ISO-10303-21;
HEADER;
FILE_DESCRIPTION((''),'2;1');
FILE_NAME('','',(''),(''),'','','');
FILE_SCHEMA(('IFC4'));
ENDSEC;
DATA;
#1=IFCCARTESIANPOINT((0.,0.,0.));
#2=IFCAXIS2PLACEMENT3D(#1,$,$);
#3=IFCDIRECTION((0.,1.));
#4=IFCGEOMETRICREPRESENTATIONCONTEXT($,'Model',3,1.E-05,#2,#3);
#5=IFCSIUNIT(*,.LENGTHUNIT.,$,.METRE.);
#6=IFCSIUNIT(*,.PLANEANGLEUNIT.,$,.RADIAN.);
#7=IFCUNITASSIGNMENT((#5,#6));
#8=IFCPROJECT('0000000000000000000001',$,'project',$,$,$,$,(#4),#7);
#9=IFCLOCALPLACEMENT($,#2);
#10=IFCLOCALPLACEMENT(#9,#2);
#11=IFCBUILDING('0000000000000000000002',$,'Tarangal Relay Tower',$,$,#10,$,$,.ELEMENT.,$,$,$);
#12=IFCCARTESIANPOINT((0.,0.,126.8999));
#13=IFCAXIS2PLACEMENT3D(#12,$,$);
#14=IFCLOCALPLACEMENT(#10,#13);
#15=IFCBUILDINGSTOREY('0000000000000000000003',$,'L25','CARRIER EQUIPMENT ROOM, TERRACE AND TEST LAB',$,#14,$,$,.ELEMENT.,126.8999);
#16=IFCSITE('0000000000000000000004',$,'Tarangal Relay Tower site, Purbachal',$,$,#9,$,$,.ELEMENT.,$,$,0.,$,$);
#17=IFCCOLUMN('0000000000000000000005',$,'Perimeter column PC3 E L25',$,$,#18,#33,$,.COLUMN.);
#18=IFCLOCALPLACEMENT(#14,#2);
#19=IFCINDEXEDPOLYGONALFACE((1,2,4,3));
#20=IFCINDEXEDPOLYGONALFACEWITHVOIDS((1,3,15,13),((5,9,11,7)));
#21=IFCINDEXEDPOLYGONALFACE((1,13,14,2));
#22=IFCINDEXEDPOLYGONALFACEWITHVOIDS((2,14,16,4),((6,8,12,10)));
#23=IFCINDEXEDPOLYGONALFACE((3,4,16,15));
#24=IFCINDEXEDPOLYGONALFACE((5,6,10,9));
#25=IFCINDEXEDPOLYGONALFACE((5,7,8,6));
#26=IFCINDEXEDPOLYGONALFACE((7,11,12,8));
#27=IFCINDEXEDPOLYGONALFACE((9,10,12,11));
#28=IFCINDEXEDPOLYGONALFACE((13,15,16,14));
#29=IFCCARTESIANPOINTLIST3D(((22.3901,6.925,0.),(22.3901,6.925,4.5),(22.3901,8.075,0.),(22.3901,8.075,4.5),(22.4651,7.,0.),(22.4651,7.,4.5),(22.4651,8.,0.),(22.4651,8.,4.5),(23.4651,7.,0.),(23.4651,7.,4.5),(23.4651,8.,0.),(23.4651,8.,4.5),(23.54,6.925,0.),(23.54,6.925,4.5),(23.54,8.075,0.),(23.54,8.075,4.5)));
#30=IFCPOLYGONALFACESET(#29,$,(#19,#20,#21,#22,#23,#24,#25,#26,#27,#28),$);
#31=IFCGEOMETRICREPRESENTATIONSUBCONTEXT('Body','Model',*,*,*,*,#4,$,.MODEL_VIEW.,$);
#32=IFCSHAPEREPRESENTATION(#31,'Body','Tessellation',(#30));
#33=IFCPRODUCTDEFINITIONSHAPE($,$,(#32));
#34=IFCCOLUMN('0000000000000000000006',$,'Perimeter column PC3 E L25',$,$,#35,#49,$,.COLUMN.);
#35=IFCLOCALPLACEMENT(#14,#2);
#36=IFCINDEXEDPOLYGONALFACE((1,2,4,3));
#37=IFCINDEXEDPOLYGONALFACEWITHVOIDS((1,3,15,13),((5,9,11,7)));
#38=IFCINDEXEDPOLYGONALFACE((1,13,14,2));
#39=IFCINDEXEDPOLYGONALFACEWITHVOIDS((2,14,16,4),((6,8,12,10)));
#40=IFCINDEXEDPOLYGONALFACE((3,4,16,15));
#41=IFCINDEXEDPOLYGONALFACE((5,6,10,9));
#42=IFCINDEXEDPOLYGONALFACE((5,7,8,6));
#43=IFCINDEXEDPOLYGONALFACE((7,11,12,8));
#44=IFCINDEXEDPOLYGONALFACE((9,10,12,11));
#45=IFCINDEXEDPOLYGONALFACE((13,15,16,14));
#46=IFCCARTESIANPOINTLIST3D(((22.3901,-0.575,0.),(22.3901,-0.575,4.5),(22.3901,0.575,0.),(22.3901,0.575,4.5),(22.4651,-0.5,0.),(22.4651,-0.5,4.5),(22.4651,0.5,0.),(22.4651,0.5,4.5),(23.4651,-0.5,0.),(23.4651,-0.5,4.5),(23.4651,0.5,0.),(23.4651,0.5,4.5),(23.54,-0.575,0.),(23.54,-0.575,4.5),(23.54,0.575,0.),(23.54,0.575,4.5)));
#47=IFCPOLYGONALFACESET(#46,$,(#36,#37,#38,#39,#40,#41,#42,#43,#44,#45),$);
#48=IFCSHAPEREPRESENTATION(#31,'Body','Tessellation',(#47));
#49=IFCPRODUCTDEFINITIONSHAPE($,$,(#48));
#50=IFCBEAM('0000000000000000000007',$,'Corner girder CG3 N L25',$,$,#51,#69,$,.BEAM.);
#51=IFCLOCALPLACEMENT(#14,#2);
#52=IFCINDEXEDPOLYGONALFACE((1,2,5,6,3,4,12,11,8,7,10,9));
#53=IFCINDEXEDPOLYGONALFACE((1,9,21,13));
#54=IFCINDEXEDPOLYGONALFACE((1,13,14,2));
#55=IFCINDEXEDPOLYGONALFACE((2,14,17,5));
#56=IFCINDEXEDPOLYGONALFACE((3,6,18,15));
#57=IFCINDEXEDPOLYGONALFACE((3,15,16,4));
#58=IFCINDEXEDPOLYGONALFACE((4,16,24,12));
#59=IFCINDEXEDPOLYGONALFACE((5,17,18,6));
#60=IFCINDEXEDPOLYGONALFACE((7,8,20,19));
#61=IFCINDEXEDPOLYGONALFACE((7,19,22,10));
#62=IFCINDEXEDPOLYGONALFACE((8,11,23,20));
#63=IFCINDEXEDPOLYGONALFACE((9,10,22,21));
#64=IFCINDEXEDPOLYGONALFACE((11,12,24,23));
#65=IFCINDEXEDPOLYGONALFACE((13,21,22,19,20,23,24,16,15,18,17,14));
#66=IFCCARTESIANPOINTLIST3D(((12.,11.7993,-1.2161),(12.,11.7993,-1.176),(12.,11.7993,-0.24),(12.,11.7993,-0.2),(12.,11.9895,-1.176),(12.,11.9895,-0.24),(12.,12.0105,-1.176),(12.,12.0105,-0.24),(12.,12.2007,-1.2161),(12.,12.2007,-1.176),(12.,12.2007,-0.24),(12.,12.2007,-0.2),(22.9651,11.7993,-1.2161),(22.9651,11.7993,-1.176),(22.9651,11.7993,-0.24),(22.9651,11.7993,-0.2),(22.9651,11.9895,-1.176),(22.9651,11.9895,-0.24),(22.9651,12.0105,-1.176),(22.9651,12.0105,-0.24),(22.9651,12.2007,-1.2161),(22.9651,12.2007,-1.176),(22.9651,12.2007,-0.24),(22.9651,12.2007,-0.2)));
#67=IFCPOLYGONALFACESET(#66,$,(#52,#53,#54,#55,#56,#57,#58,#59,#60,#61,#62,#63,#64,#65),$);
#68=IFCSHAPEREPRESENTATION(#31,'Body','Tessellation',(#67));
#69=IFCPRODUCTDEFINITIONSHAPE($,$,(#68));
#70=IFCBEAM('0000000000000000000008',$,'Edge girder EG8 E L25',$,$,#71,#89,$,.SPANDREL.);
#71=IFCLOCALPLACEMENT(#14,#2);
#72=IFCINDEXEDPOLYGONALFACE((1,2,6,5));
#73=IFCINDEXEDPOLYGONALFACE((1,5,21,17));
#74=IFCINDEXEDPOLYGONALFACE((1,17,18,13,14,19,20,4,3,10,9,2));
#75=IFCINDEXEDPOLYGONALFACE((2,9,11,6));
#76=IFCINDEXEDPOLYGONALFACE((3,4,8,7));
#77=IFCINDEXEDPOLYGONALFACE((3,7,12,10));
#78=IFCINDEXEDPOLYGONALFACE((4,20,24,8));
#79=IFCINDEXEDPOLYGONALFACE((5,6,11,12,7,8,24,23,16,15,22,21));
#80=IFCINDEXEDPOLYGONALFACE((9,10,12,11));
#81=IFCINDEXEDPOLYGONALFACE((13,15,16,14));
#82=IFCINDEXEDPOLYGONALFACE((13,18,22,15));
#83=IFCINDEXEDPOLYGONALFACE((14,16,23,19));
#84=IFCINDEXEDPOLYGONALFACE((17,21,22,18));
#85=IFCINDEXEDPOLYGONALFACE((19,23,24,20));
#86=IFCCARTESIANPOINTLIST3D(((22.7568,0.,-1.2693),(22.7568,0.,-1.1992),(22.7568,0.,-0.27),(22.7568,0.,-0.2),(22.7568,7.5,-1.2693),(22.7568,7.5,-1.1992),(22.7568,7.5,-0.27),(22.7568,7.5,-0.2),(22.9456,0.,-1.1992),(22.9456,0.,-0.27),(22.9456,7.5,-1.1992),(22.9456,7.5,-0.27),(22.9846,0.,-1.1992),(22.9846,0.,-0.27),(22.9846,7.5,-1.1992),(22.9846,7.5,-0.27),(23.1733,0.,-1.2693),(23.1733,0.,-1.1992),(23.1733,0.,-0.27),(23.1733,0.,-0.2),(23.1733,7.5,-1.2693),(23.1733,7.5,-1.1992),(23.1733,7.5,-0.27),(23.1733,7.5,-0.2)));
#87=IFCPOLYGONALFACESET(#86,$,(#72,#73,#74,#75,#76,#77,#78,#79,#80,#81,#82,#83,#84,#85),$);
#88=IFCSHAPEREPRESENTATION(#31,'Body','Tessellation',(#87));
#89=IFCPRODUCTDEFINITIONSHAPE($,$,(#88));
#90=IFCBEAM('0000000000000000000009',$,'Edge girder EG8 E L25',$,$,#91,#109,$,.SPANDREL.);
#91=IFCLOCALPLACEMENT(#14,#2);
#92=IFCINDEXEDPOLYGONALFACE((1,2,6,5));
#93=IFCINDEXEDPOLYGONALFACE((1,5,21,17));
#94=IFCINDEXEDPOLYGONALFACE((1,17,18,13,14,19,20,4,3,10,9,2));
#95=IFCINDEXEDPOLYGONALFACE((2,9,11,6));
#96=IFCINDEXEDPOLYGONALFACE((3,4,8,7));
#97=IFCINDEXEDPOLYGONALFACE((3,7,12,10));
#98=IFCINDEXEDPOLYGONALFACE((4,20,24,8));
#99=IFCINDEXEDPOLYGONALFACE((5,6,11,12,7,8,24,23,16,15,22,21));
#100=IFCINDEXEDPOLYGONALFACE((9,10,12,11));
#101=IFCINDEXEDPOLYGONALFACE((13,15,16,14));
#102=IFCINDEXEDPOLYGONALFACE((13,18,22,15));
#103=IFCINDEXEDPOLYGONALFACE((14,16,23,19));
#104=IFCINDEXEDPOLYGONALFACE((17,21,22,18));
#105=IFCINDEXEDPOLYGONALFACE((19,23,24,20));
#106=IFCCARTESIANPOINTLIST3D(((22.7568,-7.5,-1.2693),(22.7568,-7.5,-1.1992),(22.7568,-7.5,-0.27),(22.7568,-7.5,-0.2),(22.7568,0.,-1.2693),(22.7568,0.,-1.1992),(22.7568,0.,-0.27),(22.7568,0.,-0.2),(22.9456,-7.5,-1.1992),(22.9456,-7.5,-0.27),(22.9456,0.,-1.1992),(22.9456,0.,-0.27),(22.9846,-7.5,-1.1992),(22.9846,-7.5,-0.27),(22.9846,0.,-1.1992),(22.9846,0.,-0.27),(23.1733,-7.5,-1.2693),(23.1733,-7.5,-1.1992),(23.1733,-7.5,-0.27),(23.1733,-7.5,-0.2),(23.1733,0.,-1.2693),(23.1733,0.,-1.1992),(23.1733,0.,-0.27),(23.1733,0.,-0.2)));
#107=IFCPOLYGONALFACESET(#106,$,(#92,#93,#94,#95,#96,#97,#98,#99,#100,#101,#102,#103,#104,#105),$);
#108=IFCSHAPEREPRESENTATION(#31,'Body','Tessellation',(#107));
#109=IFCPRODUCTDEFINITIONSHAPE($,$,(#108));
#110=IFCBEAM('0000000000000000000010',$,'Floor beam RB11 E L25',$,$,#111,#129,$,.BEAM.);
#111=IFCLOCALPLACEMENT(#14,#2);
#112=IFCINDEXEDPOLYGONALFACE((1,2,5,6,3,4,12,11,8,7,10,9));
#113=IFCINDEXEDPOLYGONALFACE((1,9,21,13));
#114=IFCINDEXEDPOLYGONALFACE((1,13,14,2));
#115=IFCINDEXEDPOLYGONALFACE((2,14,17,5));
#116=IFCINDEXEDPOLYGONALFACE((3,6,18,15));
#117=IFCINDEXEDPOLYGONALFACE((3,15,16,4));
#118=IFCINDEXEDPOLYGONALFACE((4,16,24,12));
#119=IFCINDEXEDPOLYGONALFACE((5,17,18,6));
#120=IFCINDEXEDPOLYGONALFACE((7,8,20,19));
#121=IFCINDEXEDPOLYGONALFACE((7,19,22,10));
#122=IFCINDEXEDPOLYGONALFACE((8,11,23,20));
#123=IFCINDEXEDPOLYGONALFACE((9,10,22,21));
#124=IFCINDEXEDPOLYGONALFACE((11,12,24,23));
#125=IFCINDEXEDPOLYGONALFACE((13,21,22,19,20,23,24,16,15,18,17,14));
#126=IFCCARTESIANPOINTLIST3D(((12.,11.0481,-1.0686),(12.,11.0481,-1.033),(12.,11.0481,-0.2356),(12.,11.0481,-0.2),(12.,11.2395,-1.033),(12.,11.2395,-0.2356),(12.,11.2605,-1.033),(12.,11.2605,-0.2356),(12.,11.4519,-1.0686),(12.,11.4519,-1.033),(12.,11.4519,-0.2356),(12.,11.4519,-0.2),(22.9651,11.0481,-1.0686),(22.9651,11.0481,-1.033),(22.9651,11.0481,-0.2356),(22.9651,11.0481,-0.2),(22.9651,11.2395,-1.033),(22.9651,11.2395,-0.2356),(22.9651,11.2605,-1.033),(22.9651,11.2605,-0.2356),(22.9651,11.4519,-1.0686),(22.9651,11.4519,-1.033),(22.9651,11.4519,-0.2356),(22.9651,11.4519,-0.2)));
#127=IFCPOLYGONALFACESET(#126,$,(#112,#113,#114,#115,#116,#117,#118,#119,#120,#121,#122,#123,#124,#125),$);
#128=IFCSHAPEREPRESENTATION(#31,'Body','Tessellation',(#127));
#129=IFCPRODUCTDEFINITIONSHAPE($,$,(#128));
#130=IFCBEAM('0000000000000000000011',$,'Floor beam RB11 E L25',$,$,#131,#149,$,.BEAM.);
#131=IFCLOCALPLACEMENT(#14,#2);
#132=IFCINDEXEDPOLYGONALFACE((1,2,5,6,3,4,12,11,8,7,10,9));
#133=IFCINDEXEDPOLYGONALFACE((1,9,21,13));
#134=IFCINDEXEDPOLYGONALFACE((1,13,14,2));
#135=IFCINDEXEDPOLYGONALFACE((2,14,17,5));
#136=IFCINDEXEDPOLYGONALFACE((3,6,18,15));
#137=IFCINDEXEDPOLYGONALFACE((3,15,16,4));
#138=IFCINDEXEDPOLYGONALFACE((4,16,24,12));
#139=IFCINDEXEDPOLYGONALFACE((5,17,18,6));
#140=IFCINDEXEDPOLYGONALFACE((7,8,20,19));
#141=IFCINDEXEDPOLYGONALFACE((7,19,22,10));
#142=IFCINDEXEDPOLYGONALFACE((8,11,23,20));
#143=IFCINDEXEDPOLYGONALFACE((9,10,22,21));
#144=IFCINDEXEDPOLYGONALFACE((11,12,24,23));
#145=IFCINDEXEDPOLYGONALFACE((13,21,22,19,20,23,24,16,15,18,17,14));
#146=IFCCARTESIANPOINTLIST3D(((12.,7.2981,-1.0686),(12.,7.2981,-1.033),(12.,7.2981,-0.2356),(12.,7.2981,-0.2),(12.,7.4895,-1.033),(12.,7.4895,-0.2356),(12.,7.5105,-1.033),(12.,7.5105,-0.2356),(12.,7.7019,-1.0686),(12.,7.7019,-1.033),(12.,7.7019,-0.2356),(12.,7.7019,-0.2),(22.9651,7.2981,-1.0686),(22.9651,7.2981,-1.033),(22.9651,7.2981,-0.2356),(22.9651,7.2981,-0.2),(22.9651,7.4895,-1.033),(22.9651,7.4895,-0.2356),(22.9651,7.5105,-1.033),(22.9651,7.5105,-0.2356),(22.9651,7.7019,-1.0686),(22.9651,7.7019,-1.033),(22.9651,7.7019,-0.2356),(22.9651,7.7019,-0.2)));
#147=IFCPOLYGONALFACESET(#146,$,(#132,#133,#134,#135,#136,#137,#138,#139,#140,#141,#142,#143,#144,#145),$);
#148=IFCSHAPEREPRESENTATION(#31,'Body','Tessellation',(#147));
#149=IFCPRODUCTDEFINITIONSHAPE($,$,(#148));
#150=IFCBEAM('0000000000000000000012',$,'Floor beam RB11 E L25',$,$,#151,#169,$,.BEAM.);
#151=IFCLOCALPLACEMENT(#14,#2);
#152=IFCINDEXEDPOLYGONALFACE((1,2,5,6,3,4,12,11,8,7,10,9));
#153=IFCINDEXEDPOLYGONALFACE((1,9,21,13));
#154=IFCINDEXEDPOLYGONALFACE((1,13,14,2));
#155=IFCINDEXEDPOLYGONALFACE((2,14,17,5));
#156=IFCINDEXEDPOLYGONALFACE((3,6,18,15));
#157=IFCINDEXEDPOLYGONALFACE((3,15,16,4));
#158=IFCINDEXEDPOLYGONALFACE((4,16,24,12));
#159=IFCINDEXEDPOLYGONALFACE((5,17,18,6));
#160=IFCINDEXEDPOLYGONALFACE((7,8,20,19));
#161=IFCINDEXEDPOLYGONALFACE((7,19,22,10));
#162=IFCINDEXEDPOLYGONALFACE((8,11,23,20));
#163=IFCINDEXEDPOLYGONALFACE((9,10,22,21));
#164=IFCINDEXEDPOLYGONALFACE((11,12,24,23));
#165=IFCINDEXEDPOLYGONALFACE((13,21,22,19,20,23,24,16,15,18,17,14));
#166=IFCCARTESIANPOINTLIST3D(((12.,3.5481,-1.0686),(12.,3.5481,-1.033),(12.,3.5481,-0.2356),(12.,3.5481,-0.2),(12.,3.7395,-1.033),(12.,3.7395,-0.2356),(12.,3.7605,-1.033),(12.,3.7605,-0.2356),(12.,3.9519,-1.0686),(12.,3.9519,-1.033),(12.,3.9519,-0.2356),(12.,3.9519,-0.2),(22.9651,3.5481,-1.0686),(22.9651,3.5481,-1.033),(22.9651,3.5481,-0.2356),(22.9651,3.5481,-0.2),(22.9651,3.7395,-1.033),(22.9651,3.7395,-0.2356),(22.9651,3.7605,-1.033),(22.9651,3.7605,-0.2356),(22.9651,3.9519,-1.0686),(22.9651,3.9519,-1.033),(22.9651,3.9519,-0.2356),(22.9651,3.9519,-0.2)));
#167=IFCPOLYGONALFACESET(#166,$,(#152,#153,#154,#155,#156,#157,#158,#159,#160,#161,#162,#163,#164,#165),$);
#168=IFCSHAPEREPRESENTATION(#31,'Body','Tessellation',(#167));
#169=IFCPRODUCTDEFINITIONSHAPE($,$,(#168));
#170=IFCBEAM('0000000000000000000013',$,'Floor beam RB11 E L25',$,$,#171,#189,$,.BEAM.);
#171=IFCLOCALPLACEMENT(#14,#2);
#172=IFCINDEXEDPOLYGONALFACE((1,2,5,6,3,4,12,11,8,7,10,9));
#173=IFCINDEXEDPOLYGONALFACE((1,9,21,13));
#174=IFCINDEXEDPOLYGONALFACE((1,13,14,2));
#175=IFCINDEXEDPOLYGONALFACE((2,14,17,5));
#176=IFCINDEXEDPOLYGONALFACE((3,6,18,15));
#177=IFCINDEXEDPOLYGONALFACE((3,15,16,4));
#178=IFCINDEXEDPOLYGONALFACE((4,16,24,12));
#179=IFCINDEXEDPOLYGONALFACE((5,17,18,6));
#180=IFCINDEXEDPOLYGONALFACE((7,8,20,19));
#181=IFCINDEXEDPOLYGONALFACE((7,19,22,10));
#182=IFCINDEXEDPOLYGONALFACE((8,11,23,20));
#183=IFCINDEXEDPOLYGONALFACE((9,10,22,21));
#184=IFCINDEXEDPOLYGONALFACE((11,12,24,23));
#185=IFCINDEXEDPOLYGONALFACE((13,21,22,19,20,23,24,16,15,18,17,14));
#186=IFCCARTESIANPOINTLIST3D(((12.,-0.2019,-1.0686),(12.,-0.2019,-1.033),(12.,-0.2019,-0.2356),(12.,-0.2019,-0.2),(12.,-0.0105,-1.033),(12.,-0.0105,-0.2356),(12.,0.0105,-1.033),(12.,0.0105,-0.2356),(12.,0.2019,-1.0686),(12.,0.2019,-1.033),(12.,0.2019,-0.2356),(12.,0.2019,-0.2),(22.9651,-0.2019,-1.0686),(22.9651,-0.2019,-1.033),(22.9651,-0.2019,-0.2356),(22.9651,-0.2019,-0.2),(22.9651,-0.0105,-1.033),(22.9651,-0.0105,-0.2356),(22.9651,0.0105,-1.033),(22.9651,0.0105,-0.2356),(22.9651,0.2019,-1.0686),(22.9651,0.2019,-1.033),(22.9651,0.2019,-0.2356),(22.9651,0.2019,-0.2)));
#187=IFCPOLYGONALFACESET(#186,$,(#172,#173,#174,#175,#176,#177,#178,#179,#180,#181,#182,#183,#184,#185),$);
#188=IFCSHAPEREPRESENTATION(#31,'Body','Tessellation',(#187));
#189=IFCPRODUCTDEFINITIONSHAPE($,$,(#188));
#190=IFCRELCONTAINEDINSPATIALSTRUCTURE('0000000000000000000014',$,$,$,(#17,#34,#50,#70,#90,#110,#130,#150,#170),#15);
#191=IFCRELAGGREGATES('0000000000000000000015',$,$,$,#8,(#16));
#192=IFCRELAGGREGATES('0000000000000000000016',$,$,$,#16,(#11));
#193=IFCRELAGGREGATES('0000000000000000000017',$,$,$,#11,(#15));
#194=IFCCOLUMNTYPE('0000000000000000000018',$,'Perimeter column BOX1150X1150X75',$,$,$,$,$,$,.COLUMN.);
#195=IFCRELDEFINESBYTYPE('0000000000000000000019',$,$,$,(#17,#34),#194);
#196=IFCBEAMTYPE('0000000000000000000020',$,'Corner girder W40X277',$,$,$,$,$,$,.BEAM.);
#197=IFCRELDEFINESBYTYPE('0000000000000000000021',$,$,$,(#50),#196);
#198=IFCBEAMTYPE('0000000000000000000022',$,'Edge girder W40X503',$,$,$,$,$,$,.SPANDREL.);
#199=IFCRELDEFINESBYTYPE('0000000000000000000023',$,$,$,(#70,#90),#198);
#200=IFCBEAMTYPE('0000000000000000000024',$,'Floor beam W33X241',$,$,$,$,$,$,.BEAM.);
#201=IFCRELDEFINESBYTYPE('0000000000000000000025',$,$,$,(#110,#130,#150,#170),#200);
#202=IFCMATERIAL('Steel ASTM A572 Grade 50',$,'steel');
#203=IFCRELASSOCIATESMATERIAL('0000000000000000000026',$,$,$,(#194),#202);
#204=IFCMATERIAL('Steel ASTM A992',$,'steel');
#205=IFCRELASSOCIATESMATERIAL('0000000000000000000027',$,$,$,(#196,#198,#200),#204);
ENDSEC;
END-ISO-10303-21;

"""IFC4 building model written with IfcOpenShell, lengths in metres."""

from ifc_helpers import new_model, si_unit, direction, frame, origin, origin_2d, place, context, subcontext, project, spatial, hollow_rectangle, i_section, extrude, material, material_profile, profile_set, type_object, element, save


model = new_model("IFC4")

# Units and contexts
model_context = context("Model", 3, precision=1e-05, world=origin(), true_north=direction((0.0, 1.0)))
body_context = subcontext(model_context, "Body", "Model", "MODEL_VIEW")
ifc_project = project(units=[si_unit("LENGTHUNIT", "METRE"), si_unit("PLANEANGLEUNIT", "RADIAN")], contexts=[model_context])

# Site, building, storey
site_placement = place(None, origin())
site = spatial("IfcSite", under=ifc_project, at=site_placement, Name="Tarangal Relay Tower site, Purbachal", CompositionType="ELEMENT", RefElevation=0.0)
building_placement = place(site_placement, origin())
building = spatial("IfcBuilding", under=site, at=building_placement, Name="Tarangal Relay Tower", CompositionType="ELEMENT")
storey_placement = place(building_placement, frame((0.0, 0.0, 126.8999)))
storey = spatial("IfcBuildingStorey", under=building, at=storey_placement, Name="L25", Description="CARRIER EQUIPMENT ROOM, TERRACE AND TEST LAB", CompositionType="ELEMENT", Elevation=126.8999)

# Columns
ifc_material_1 = material(Name="Steel ASTM A572 Grade 50", Category="steel")
ifc_material_profile_1 = material_profile(ifc_material_1, hollow_rectangle(XDim=1.1499, YDim=1.1499, WallThickness=0.075, at=origin_2d()), Name="BOX1150X1150X75")
ifc_profile_set_1 = profile_set([ifc_material_profile_1], Name="Steel ASTM A572 Grade 50")
column_type = type_object("IfcColumnType", Name="Perimeter column BOX1150X1150X75", PredefinedType="COLUMN", material=ifc_profile_set_1)
for number, where, z_axis, x_axis, name in (
    (1, (22.9651, 7.5, 0.0), (0.0, 0.0, 1.0), (1.0, 0.0, 0.0), "Perimeter column PC3 E L25"),
    (2, (22.9651, 0.0, 0.0), (0.0, 0.0, 1.0), (1.0, 0.0, 0.0), "Perimeter column PC3 E L25"),
):
    element("IfcColumn", number, at=place(storey_placement, frame(where, z_axis=z_axis, x_axis=x_axis)), inside=storey, type_object=column_type, Name=name, PredefinedType="COLUMN", context=body_context, shape_type="SweptSolid", body=[
        extrude(hollow_rectangle(XDim=1.1499, YDim=1.1499, WallThickness=0.075, at=origin_2d()), origin(), (0.0, 0.0, 1.0), 4.5),
    ])

# Beams
ifc_material_2 = material(Name="Steel ASTM A992", Category="steel")
ifc_material_profile_2 = material_profile(ifc_material_2, i_section(OverallWidth=0.4014, OverallDepth=1.0161, WebThickness=0.021, FlangeThickness=0.04, at=origin_2d()), Name="W40X277")
ifc_profile_set_2 = profile_set([ifc_material_profile_2], Name="Steel ASTM A992")
beam_type_1 = type_object("IfcBeamType", Name="Corner girder W40X277", PredefinedType="BEAM", material=ifc_profile_set_2)
beam_placement = place(storey_placement, frame((12.0, 12.0, -0.708), z_axis=(1.0, 0.0, 0.0), x_axis=(0.0, 1.0, 0.0)))
element("IfcBeam", 3, at=beam_placement, inside=storey, type_object=beam_type_1, Name="Corner girder CG3 N L25", PredefinedType="BEAM", context=body_context, shape_type="SweptSolid", body=[
    extrude(i_section(OverallWidth=0.4014, OverallDepth=1.0161, WebThickness=0.021, FlangeThickness=0.04, at=origin_2d()), origin(), (0.0, 0.0, 1.0), 10.9651),
])
ifc_material_profile_3 = material_profile(ifc_material_2, i_section(OverallWidth=0.4165, OverallDepth=1.0693, WebThickness=0.0391, FlangeThickness=0.0701, at=origin_2d()), Name="W40X503")
ifc_profile_set_3 = profile_set([ifc_material_profile_3], Name="Steel ASTM A992")
beam_type_2 = type_object("IfcBeamType", Name="Edge girder W40X503", PredefinedType="SPANDREL", material=ifc_profile_set_3)
for number, where, z_axis, x_axis, name in (
    (4, (22.9651, 7.5, -0.7346), (0.0, -1.0, 0.0), (1.0, 0.0, 0.0), "Edge girder EG8 E L25"),
    (5, (22.9651, 0.0, -0.7346), (0.0, -1.0, 0.0), (1.0, 0.0, 0.0), "Edge girder EG8 E L25"),
):
    element("IfcBeam", number, at=place(storey_placement, frame(where, z_axis=z_axis, x_axis=x_axis)), inside=storey, type_object=beam_type_2, Name=name, PredefinedType="SPANDREL", context=body_context, shape_type="SweptSolid", body=[
        extrude(i_section(OverallWidth=0.4165, OverallDepth=1.0693, WebThickness=0.0391, FlangeThickness=0.0701, at=origin_2d()), origin(), (0.0, 0.0, 1.0), 7.5),
    ])
ifc_material_profile_4 = material_profile(ifc_material_2, i_section(OverallWidth=0.4038, OverallDepth=0.8687, WebThickness=0.021, FlangeThickness=0.0356, at=origin_2d()), Name="W33X241")
ifc_profile_set_4 = profile_set([ifc_material_profile_4], Name="Steel ASTM A992")
beam_type_3 = type_object("IfcBeamType", Name="Floor beam W33X241", PredefinedType="BEAM", material=ifc_profile_set_4)
for number, where, z_axis, x_axis, name in (
    (6, (12.0, 11.25, -0.6343), (1.0, 0.0, 0.0), (0.0, 1.0, 0.0), "Floor beam RB11 E L25"),
    (7, (12.0, 7.5, -0.6343), (1.0, 0.0, 0.0), (0.0, 1.0, 0.0), "Floor beam RB11 E L25"),
    (8, (12.0, 3.75, -0.6343), (1.0, 0.0, 0.0), (0.0, 1.0, 0.0), "Floor beam RB11 E L25"),
    (9, (12.0, 0.0, -0.6343), (1.0, 0.0, 0.0), (0.0, 1.0, 0.0), "Floor beam RB11 E L25"),
):
    element("IfcBeam", number, at=place(storey_placement, frame(where, z_axis=z_axis, x_axis=x_axis)), inside=storey, type_object=beam_type_3, Name=name, PredefinedType="BEAM", context=body_context, shape_type="SweptSolid", body=[
        extrude(i_section(OverallWidth=0.4038, OverallDepth=0.8687, WebThickness=0.021, FlangeThickness=0.0356, at=origin_2d()), origin(), (0.0, 0.0, 1.0), 10.9651),
    ])

save(model, "model.ifc")
